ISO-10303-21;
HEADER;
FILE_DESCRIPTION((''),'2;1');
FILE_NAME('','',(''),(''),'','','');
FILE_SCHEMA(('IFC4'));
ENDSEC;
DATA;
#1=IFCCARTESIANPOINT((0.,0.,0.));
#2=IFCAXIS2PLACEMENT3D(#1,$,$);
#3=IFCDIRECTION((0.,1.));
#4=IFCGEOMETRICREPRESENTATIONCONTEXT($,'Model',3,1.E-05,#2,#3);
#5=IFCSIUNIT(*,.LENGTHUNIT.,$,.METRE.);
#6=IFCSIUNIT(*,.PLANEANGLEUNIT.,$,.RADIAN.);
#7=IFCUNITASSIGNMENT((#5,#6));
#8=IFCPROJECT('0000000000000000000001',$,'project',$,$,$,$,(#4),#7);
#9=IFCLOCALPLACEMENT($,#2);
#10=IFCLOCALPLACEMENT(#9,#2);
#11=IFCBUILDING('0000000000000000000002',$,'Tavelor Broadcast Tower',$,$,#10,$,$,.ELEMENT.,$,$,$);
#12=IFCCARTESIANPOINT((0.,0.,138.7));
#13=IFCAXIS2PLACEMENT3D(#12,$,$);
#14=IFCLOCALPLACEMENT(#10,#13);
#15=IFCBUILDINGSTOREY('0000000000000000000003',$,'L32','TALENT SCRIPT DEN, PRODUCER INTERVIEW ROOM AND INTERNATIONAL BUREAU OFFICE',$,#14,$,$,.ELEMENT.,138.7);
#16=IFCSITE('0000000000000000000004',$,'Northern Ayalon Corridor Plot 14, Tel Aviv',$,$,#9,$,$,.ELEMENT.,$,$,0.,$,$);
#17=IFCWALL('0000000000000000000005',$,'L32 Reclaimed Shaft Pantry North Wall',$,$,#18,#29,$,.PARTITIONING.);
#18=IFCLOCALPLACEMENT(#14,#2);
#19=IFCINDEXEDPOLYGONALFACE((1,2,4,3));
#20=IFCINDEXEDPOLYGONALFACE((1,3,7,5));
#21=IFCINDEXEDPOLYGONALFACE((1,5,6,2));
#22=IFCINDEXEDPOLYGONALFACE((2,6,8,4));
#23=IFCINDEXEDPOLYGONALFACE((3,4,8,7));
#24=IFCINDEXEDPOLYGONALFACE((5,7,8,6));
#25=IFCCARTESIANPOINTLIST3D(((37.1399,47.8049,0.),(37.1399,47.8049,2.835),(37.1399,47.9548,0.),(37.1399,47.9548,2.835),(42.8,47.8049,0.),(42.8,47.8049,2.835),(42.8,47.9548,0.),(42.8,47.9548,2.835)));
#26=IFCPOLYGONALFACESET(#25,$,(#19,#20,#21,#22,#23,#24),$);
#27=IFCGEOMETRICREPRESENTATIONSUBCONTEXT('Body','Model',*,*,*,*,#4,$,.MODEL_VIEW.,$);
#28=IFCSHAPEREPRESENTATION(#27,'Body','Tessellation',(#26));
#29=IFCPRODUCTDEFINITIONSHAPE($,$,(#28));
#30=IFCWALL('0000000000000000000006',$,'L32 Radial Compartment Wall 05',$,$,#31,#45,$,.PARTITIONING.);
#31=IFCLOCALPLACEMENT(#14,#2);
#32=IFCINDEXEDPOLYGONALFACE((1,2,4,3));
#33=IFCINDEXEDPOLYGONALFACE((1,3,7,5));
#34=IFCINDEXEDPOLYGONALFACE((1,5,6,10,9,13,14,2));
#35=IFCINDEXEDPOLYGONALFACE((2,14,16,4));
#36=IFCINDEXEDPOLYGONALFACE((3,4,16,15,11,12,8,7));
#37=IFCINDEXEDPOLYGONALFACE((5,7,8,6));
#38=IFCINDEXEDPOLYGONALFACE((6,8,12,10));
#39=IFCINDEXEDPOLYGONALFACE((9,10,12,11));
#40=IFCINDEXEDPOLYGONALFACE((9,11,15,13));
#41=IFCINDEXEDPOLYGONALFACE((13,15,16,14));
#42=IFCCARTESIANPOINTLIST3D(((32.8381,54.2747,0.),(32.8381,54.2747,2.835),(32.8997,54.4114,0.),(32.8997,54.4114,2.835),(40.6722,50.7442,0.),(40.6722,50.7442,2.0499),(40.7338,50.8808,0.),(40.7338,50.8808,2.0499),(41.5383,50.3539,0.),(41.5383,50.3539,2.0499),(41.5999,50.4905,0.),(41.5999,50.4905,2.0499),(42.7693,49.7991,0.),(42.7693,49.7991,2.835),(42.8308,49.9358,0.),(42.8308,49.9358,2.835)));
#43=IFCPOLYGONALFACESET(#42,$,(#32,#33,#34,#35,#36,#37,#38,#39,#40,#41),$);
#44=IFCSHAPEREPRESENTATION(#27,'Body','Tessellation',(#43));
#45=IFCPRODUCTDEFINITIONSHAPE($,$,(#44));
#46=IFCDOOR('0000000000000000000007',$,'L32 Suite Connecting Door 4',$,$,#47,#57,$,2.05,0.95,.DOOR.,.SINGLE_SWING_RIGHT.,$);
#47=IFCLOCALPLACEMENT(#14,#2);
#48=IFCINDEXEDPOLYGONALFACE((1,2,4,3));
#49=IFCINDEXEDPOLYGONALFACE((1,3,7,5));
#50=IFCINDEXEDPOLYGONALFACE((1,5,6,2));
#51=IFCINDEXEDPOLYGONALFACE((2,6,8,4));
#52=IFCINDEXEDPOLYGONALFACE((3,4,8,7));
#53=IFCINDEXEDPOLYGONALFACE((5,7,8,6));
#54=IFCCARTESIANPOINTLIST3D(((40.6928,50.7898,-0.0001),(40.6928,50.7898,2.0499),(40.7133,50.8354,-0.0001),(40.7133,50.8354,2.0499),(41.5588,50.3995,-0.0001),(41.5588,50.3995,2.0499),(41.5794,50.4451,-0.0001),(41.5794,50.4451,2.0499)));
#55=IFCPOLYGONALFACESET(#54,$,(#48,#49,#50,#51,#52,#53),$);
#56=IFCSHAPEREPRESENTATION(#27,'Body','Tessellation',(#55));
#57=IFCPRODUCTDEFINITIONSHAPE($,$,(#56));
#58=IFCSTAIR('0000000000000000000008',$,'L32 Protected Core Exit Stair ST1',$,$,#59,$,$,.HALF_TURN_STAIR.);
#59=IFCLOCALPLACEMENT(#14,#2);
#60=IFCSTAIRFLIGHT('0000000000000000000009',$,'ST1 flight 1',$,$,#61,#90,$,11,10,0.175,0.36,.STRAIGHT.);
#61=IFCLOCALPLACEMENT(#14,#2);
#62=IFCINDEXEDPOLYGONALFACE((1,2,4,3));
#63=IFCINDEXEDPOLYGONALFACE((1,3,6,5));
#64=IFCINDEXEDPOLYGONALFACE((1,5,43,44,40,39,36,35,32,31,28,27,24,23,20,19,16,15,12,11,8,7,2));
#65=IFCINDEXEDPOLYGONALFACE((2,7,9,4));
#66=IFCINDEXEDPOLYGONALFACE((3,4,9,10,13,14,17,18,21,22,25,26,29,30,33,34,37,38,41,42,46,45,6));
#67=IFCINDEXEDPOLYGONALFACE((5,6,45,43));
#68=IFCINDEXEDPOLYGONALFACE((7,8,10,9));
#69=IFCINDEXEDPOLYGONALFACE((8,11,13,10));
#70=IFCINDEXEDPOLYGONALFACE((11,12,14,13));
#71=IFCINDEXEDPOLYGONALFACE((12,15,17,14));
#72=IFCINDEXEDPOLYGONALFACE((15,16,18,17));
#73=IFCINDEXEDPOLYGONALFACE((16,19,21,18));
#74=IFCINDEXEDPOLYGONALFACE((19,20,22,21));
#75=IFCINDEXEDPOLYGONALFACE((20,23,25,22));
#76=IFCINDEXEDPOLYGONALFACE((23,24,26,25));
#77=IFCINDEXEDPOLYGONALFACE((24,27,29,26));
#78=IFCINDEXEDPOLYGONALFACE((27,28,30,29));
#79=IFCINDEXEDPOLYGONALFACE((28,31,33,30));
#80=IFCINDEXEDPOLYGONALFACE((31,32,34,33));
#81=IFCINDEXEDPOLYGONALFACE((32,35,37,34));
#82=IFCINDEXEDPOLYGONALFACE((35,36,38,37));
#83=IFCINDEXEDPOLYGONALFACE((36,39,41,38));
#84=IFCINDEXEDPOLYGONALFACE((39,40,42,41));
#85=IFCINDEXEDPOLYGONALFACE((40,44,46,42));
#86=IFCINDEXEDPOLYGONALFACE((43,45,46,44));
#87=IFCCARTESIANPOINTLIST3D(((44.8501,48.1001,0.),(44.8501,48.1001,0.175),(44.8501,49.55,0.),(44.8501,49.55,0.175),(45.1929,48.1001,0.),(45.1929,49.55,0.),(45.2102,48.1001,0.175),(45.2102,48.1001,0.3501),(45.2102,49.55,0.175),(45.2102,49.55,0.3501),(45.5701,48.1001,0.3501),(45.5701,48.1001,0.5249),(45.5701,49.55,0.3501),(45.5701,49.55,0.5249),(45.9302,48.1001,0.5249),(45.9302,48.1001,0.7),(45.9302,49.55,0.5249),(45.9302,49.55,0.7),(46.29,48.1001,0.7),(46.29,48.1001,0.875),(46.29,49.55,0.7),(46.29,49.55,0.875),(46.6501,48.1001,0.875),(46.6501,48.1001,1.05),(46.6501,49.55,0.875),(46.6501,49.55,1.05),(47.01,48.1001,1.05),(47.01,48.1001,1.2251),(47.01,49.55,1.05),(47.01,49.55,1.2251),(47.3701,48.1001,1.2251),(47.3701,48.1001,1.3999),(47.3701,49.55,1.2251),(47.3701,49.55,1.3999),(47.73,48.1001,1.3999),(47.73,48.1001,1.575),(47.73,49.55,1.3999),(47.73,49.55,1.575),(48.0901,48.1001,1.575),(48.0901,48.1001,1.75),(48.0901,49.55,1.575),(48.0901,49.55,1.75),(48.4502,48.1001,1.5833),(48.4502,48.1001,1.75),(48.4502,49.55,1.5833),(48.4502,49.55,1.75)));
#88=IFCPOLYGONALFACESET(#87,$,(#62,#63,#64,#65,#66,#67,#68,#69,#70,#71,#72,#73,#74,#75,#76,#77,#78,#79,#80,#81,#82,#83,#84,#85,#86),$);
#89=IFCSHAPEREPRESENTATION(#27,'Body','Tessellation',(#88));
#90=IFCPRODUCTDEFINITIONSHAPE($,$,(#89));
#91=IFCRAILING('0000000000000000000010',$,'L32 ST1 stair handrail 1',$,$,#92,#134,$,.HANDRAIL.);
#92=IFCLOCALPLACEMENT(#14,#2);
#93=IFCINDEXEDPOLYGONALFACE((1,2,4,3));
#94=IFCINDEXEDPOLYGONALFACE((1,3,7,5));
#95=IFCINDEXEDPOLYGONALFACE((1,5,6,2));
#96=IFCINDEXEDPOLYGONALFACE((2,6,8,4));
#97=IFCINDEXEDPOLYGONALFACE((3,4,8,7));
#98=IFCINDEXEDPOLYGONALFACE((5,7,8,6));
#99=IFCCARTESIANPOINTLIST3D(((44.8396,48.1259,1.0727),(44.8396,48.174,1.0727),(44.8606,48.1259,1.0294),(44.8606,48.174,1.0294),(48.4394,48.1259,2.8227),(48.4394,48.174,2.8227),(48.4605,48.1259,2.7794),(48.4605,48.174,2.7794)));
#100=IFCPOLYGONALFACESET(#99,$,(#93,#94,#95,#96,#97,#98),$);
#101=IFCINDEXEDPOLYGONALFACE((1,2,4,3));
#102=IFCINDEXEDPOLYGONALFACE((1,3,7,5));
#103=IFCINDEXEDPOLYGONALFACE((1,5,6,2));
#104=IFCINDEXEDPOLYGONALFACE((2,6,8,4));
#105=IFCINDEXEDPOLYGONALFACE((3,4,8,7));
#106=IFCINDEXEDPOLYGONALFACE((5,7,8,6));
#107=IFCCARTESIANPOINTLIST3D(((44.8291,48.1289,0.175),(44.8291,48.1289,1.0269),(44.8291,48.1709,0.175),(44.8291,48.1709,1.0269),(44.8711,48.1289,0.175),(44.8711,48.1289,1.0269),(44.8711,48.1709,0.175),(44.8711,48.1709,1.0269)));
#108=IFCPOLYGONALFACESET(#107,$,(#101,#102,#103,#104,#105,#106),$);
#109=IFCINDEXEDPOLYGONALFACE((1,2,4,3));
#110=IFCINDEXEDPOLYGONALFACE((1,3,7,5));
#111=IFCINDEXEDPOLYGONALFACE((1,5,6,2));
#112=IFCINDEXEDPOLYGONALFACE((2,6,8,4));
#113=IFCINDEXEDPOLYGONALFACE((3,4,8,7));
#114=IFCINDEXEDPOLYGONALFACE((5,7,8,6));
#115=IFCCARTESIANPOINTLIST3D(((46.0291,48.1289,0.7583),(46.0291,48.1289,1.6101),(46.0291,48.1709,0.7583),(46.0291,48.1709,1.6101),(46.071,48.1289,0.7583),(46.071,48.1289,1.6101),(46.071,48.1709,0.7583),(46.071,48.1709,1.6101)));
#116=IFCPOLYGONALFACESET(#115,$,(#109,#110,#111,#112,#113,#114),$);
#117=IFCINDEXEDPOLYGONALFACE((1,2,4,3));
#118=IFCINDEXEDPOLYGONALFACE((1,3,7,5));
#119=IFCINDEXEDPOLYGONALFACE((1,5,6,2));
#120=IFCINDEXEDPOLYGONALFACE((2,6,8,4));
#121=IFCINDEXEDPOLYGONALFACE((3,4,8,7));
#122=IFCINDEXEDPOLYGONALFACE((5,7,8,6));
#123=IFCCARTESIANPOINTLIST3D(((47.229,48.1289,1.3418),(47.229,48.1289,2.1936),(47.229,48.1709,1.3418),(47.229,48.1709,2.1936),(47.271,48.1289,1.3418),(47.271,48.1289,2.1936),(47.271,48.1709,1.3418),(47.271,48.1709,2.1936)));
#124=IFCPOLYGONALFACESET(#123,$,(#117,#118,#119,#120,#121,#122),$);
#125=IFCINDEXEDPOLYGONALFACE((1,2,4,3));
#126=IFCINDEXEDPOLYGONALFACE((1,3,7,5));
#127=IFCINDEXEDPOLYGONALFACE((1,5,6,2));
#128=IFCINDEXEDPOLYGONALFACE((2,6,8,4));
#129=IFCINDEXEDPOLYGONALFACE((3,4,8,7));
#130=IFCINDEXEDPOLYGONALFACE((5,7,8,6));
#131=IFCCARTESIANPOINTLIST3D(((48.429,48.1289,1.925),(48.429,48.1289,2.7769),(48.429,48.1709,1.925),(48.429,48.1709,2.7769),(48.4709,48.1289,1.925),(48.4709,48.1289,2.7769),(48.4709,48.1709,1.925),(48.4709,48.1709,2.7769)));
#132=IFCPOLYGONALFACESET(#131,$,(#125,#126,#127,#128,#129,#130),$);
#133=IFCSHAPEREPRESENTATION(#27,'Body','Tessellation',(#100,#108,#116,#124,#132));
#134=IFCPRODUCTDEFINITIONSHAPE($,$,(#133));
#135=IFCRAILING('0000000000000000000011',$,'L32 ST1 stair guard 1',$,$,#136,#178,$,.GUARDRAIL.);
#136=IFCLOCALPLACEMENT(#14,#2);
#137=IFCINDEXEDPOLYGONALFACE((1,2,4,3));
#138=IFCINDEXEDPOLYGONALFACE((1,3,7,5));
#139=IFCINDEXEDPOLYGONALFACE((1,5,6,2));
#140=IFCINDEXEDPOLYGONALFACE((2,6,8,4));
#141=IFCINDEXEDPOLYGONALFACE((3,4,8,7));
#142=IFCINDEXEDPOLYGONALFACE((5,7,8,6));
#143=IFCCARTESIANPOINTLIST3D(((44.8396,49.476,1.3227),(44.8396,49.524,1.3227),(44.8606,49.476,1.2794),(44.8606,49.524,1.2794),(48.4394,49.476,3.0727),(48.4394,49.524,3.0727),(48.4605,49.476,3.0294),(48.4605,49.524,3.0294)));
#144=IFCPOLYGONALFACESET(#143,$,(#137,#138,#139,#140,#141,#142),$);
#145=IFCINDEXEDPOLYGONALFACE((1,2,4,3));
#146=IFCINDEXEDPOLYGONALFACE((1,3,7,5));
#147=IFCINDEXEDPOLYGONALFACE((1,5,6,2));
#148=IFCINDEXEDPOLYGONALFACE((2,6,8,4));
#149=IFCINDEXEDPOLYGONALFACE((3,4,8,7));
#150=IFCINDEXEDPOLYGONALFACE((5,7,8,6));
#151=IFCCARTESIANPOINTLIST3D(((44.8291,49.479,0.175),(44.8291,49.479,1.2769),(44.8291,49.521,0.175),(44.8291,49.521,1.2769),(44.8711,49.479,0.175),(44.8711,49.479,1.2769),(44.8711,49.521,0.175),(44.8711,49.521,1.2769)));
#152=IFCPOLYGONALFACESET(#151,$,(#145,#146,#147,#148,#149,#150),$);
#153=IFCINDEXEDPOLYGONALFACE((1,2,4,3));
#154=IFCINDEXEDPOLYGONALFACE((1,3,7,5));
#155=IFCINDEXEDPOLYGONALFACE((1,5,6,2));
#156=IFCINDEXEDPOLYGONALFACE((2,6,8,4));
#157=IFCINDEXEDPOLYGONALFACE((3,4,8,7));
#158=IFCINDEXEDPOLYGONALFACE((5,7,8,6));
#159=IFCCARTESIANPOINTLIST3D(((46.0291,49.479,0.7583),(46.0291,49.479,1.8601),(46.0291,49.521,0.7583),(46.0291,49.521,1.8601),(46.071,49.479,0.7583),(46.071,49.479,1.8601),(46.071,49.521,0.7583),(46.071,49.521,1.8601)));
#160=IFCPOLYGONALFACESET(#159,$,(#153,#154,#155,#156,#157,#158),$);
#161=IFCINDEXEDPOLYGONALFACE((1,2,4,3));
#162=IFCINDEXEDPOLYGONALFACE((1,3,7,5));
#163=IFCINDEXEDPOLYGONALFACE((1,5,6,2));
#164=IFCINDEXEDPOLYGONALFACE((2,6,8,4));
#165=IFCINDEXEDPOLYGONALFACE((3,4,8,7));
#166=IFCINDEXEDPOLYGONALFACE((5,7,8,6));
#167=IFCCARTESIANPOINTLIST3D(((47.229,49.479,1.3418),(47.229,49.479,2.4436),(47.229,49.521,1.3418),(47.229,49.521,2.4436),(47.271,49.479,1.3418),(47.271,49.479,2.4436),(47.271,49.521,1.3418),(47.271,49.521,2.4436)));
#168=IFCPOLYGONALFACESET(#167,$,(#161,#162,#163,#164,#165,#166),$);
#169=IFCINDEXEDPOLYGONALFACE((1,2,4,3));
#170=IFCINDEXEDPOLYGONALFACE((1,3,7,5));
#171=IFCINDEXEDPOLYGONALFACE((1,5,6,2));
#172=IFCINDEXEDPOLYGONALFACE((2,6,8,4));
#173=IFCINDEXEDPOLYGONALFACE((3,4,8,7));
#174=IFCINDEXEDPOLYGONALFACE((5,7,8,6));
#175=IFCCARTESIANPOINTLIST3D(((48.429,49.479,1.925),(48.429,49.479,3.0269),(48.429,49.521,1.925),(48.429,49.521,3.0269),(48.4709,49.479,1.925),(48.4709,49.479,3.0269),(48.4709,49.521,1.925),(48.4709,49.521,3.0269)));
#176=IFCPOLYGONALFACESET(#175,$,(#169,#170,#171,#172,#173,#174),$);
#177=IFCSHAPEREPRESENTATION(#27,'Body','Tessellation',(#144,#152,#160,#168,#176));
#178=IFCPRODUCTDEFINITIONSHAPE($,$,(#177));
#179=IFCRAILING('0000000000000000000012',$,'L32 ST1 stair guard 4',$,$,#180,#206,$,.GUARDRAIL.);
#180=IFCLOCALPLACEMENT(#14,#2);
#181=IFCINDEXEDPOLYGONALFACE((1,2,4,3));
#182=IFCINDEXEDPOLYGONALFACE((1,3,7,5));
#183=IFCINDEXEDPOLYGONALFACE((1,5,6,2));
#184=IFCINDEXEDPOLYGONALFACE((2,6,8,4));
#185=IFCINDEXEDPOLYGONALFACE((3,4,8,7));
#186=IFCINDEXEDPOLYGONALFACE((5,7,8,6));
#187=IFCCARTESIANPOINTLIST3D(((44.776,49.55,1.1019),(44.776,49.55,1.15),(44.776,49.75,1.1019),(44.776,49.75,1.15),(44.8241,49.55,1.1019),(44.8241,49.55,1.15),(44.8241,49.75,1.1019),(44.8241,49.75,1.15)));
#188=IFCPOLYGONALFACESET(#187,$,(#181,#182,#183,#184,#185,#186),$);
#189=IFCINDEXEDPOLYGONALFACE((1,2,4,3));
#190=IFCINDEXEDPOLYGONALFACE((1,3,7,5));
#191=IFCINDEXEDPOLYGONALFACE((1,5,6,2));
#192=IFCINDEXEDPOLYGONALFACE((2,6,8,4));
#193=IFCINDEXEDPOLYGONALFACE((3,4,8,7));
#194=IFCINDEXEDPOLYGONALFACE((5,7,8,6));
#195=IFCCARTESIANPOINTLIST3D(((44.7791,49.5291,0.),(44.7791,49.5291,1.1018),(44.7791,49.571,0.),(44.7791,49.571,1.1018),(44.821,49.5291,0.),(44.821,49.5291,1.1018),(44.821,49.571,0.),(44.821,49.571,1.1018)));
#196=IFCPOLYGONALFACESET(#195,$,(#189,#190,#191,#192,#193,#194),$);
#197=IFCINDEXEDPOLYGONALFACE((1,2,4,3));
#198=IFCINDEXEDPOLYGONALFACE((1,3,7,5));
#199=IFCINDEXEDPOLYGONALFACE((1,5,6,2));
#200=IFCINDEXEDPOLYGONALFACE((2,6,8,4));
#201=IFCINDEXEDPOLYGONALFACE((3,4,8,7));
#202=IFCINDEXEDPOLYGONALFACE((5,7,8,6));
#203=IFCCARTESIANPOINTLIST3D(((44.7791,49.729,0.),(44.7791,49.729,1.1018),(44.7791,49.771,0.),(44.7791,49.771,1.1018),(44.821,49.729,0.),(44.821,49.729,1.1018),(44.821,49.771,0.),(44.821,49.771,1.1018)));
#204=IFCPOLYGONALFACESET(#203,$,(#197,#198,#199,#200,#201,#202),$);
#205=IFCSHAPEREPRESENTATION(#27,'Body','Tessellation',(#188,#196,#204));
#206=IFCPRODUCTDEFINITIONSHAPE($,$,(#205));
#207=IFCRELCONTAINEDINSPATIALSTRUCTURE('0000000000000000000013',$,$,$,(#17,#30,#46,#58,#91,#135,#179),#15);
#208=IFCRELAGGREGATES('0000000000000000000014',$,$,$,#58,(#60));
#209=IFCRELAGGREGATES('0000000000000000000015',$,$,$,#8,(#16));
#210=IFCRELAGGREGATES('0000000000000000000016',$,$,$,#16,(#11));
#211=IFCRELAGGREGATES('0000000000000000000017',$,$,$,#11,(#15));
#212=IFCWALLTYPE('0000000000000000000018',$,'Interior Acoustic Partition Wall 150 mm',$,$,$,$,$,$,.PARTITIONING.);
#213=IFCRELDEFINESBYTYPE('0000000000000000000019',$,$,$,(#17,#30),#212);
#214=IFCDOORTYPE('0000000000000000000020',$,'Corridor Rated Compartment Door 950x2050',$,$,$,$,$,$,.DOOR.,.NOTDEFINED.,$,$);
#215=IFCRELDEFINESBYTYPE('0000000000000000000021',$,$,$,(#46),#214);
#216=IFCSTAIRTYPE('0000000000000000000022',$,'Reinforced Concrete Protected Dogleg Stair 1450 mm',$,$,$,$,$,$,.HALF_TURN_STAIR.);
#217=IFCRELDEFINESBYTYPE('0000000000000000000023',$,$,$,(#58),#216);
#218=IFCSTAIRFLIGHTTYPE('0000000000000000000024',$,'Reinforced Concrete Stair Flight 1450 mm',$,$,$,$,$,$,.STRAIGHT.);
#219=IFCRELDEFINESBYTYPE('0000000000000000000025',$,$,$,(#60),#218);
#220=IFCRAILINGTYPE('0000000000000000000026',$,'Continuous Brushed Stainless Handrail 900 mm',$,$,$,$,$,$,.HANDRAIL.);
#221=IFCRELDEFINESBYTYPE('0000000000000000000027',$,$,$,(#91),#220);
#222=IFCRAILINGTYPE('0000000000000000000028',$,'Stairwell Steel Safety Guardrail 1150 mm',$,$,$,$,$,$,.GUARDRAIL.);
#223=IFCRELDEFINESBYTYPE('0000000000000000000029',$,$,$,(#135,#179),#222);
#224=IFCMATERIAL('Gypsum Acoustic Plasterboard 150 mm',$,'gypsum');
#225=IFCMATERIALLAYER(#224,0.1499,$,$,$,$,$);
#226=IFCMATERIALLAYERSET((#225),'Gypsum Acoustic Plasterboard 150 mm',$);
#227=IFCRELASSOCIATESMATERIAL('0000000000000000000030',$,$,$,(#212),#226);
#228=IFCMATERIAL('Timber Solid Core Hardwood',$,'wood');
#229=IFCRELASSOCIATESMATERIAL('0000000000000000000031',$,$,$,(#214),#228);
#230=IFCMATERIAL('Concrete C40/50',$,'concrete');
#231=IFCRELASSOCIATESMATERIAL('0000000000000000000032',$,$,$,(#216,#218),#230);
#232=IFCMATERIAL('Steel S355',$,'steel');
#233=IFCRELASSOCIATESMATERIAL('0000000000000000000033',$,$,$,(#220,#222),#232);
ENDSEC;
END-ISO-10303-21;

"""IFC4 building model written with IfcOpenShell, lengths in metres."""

from ifc_helpers import new_model, si_unit, direction, frame, frame_2d, origin, origin_2d, place, context, subcontext, project, spatial, polyline, rectangle, outline, extrude, material, layer, layer_set, type_object, element, fill, aggregate, save


model = new_model("IFC4")

# Units and contexts
model_context = context("Model", 3, precision=1e-05, world=origin(), true_north=direction((0.0, 1.0)))
body_context = subcontext(model_context, "Body", "Model", "MODEL_VIEW")
ifc_project = project(units=[si_unit("LENGTHUNIT", "METRE"), si_unit("PLANEANGLEUNIT", "RADIAN")], contexts=[model_context])

# Site, building, storey
site_placement = place(None, origin())
site = spatial("IfcSite", under=ifc_project, at=site_placement, Name="Northern Ayalon Corridor Plot 14, Tel Aviv", CompositionType="ELEMENT", RefElevation=0.0)
building_placement = place(site_placement, origin())
building = spatial("IfcBuilding", under=site, at=building_placement, Name="Tavelor Broadcast Tower", CompositionType="ELEMENT")
storey_placement = place(building_placement, frame((0.0, 0.0, 138.7)))
storey = spatial("IfcBuildingStorey", under=building, at=storey_placement, Name="L32", Description="TALENT SCRIPT DEN, PRODUCER INTERVIEW ROOM AND INTERNATIONAL BUREAU OFFICE", CompositionType="ELEMENT", Elevation=138.7)

# Shared definitions
ifc_material_1 = material(Name="Steel S355", Category="steel")

# Wall
ifc_material_2 = material(Name="Gypsum Acoustic Plasterboard 150 mm", Category="gypsum")
ifc_layer_1 = layer(ifc_material_2, 0.1499)
ifc_layer_set_1 = layer_set([ifc_layer_1], Name="Gypsum Acoustic Plasterboard 150 mm")
wall_type_1 = type_object("IfcWallType", Name="Interior Acoustic Partition Wall 150 mm", PredefinedType="PARTITIONING", material=ifc_layer_set_1)
wall_1_placement = place(storey_placement, frame((37.1399, 47.8799, 0.0), z_axis=(0.0, 0.0, 1.0), x_axis=(1.0, 0.0, 0.0)))
element("IfcWall", 1, at=wall_1_placement, inside=storey, type_object=wall_type_1, Name="L32 Reclaimed Shaft Pantry North Wall", PredefinedType="PARTITIONING", context=body_context, shape_type="SweptSolid", body=[
    extrude(rectangle(XDim=5.6602, YDim=0.1499, at=frame_2d((2.8301, 0.0))), origin(), (0.0, 0.0, 1.0), 2.835),
])

# Wall, opening, door
wall_2_placement = place(storey_placement, frame((42.8, 49.8674, 0.0), z_axis=(0.0, 0.0, 1.0), x_axis=(-0.911696, 0.410866, 0.0)))
wall_2 = element("IfcWall", 2, at=wall_2_placement, inside=storey, type_object=wall_type_1, Name="L32 Radial Compartment Wall 05", PredefinedType="PARTITIONING", context=body_context, shape_type="SweptSolid", body=[
    extrude(rectangle(XDim=10.8931, YDim=0.1499, at=frame_2d((5.4465, 0.0))), origin(), (0.0, 0.0, 1.0), 2.835),
])
opening_1_placement = place(wall_2_placement, frame((1.3501, 0.0, 0.0)))
opening_1 = element("IfcOpeningElement", 3, at=opening_1_placement, cuts=wall_2, PredefinedType="OPENING", context=body_context, shape_type="SweptSolid", body=[
    extrude(rectangle(XDim=0.95, YDim=2.05, at=frame_2d((0.4751, 1.0249))), frame((0.0, 0.085, 0.0), z_axis=(0.0, -1.0, 0.0), x_axis=(1.0, 0.0, 0.0)), (0.0, 0.0, 1.0), 0.1699),
])
ifc_material_3 = material(Name="Timber Solid Core Hardwood", Category="wood")
door_type_1 = type_object("IfcDoorType", Name="Corridor Rated Compartment Door 950x2050", OperationType="NOTDEFINED", PredefinedType="DOOR", material=ifc_material_3)
door_1_placement = place(opening_1_placement, origin())
door_1 = element("IfcDoor", 4, at=door_1_placement, inside=storey, type_object=door_type_1, Name="L32 Suite Connecting Door 4", OperationType="SINGLE_SWING_RIGHT", OverallHeight=2.05, OverallWidth=0.95, PredefinedType="DOOR", context=body_context, shape_type="SweptSolid", body=[
    extrude(rectangle(XDim=0.95, YDim=2.05, at=frame_2d((0.4751, 1.0249))), frame((0.0, 0.0249, 0.0), z_axis=(0.0, -1.0, 0.0), x_axis=(1.0, 0.0, 0.0)), (0.0, 0.0, 1.0), 0.05),
])
fill(opening_1, door_1)

# Stair, stair flight
ifc_material_4 = material(Name="Concrete C40/50", Category="concrete")
stair_type = type_object("IfcStairType", Name="Reinforced Concrete Protected Dogleg Stair 1450 mm", PredefinedType="HALF_TURN_STAIR", material=ifc_material_4)
stair_placement = place(storey_placement, origin())
stair = element("IfcStair", 5, at=stair_placement, inside=storey, type_object=stair_type, Name="L32 Protected Core Exit Stair ST1", PredefinedType="HALF_TURN_STAIR")
stair_flight_type = type_object("IfcStairFlightType", Name="Reinforced Concrete Stair Flight 1450 mm", PredefinedType="STRAIGHT", material=ifc_material_4)
stair_flight_placement = place(storey_placement, frame((44.8501, 48.825, 0.0), z_axis=(0.0, 0.0, 1.0), x_axis=(1.0, 0.0, 0.0)))
stair_flight = element("IfcStairFlight", 6, at=stair_flight_placement, type_object=stair_flight_type, Name="ST1 flight 1", NumberOfRisers=11, NumberOfTreads=10, PredefinedType="STRAIGHT", RiserHeight=0.175, TreadLength=0.36, context=body_context, shape_type="SweptSolid", body=[
    extrude(outline(polyline([(0.0, 0.0), (0.0, 0.175), (0.3601, 0.175), (0.3601, 0.3501), (0.72, 0.3501), (0.72, 0.5249), (1.0801, 0.5249), (1.0801, 0.7), (1.4399, 0.7), (1.4399, 0.875), (1.8, 0.875), (1.8, 1.05), (2.1599, 1.05), (2.1599, 1.2251), (2.52, 1.2251), (2.52, 1.3999), (2.8799, 1.3999), (2.8799, 1.575), (3.24, 1.575), (3.24, 1.75), (3.6001, 1.75), (3.6001, 1.925), (3.6001, 1.5833), (0.3428, 0.0), (0.0, 0.0)])), frame((0.0, 0.7251, 0.0), z_axis=(0.0, -1.0, 0.0), x_axis=(1.0, 0.0, 0.0)), (0.0, 0.0, 1.0), 1.45),
])
aggregate(stair, [stair_flight])

# Railings
railing_type_1 = type_object("IfcRailingType", Name="Continuous Brushed Stainless Handrail 900 mm", PredefinedType="HANDRAIL", material=ifc_material_1)
railing_1_placement = place(storey_placement, frame((44.8501, 48.1499, 0.175)))
element("IfcRailing", 7, at=railing_1_placement, inside=storey, type_object=railing_type_1, Name="L32 ST1 stair handrail 1", PredefinedType="HANDRAIL", context=body_context, shape_type="SweptSolid", body=[
    extrude(rectangle(XDim=0.0481, YDim=0.0481, at=origin_2d()), frame((0.0, 0.0, 0.876), z_axis=(0.899361, 0.0, 0.437207), x_axis=(0.0, 1.0, 0.0)), (0.0, 0.0, 1.0), 4.0027),
    extrude(rectangle(XDim=0.042, YDim=0.042, at=origin_2d()), origin(), (0.0, 0.0, 1.0), 0.8518),
    extrude(rectangle(XDim=0.042, YDim=0.042, at=origin_2d()), frame((1.2, 0.0, 0.5833)), (0.0, 0.0, 1.0), 0.8518),
    extrude(rectangle(XDim=0.042, YDim=0.042, at=origin_2d()), frame((2.3999, 0.0, 1.1667)), (0.0, 0.0, 1.0), 0.8518),
    extrude(rectangle(XDim=0.042, YDim=0.042, at=origin_2d()), frame((3.5999, 0.0, 1.75)), (0.0, 0.0, 1.0), 0.8518),
])
railing_type_2 = type_object("IfcRailingType", Name="Stairwell Steel Safety Guardrail 1150 mm", PredefinedType="GUARDRAIL", material=ifc_material_1)
railing_2_placement = place(storey_placement, frame((44.8501, 49.5, 0.175)))
element("IfcRailing", 8, at=railing_2_placement, inside=storey, type_object=railing_type_2, Name="L32 ST1 stair guard 1", PredefinedType="GUARDRAIL", context=body_context, shape_type="SweptSolid", body=[
    extrude(rectangle(XDim=0.0481, YDim=0.0481, at=origin_2d()), frame((0.0, 0.0, 1.126), z_axis=(0.899361, 0.0, 0.437207), x_axis=(0.0, 1.0, 0.0)), (0.0, 0.0, 1.0), 4.0027),
    extrude(rectangle(XDim=0.042, YDim=0.042, at=origin_2d()), origin(), (0.0, 0.0, 1.0), 1.1018),
    extrude(rectangle(XDim=0.042, YDim=0.042, at=origin_2d()), frame((1.2, 0.0, 0.5833)), (0.0, 0.0, 1.0), 1.1018),
    extrude(rectangle(XDim=0.042, YDim=0.042, at=origin_2d()), frame((2.3999, 0.0, 1.1667)), (0.0, 0.0, 1.0), 1.1018),
    extrude(rectangle(XDim=0.042, YDim=0.042, at=origin_2d()), frame((3.5999, 0.0, 1.75)), (0.0, 0.0, 1.0), 1.1018),
])
railing_3_placement = place(storey_placement, frame((44.8, 49.55, 0.0)))
element("IfcRailing", 9, at=railing_3_placement, inside=storey, type_object=railing_type_2, Name="L32 ST1 stair guard 4", PredefinedType="GUARDRAIL", context=body_context, shape_type="SweptSolid", body=[
    extrude(rectangle(XDim=0.0481, YDim=0.0481, at=origin_2d()), frame((0.0, 0.0, 1.126), z_axis=(0.0, 1.0, 0.0), x_axis=(-1.0, 0.0, 0.0)), (0.0, 0.0, 1.0), 0.2),
    extrude(rectangle(XDim=0.042, YDim=0.042, at=origin_2d()), origin(), (0.0, 0.0, 1.0), 1.1018),
    extrude(rectangle(XDim=0.042, YDim=0.042, at=origin_2d()), frame((0.0, 0.2, 0.0)), (0.0, 0.0, 1.0), 1.1018),
])

save(model, "model.ifc")
